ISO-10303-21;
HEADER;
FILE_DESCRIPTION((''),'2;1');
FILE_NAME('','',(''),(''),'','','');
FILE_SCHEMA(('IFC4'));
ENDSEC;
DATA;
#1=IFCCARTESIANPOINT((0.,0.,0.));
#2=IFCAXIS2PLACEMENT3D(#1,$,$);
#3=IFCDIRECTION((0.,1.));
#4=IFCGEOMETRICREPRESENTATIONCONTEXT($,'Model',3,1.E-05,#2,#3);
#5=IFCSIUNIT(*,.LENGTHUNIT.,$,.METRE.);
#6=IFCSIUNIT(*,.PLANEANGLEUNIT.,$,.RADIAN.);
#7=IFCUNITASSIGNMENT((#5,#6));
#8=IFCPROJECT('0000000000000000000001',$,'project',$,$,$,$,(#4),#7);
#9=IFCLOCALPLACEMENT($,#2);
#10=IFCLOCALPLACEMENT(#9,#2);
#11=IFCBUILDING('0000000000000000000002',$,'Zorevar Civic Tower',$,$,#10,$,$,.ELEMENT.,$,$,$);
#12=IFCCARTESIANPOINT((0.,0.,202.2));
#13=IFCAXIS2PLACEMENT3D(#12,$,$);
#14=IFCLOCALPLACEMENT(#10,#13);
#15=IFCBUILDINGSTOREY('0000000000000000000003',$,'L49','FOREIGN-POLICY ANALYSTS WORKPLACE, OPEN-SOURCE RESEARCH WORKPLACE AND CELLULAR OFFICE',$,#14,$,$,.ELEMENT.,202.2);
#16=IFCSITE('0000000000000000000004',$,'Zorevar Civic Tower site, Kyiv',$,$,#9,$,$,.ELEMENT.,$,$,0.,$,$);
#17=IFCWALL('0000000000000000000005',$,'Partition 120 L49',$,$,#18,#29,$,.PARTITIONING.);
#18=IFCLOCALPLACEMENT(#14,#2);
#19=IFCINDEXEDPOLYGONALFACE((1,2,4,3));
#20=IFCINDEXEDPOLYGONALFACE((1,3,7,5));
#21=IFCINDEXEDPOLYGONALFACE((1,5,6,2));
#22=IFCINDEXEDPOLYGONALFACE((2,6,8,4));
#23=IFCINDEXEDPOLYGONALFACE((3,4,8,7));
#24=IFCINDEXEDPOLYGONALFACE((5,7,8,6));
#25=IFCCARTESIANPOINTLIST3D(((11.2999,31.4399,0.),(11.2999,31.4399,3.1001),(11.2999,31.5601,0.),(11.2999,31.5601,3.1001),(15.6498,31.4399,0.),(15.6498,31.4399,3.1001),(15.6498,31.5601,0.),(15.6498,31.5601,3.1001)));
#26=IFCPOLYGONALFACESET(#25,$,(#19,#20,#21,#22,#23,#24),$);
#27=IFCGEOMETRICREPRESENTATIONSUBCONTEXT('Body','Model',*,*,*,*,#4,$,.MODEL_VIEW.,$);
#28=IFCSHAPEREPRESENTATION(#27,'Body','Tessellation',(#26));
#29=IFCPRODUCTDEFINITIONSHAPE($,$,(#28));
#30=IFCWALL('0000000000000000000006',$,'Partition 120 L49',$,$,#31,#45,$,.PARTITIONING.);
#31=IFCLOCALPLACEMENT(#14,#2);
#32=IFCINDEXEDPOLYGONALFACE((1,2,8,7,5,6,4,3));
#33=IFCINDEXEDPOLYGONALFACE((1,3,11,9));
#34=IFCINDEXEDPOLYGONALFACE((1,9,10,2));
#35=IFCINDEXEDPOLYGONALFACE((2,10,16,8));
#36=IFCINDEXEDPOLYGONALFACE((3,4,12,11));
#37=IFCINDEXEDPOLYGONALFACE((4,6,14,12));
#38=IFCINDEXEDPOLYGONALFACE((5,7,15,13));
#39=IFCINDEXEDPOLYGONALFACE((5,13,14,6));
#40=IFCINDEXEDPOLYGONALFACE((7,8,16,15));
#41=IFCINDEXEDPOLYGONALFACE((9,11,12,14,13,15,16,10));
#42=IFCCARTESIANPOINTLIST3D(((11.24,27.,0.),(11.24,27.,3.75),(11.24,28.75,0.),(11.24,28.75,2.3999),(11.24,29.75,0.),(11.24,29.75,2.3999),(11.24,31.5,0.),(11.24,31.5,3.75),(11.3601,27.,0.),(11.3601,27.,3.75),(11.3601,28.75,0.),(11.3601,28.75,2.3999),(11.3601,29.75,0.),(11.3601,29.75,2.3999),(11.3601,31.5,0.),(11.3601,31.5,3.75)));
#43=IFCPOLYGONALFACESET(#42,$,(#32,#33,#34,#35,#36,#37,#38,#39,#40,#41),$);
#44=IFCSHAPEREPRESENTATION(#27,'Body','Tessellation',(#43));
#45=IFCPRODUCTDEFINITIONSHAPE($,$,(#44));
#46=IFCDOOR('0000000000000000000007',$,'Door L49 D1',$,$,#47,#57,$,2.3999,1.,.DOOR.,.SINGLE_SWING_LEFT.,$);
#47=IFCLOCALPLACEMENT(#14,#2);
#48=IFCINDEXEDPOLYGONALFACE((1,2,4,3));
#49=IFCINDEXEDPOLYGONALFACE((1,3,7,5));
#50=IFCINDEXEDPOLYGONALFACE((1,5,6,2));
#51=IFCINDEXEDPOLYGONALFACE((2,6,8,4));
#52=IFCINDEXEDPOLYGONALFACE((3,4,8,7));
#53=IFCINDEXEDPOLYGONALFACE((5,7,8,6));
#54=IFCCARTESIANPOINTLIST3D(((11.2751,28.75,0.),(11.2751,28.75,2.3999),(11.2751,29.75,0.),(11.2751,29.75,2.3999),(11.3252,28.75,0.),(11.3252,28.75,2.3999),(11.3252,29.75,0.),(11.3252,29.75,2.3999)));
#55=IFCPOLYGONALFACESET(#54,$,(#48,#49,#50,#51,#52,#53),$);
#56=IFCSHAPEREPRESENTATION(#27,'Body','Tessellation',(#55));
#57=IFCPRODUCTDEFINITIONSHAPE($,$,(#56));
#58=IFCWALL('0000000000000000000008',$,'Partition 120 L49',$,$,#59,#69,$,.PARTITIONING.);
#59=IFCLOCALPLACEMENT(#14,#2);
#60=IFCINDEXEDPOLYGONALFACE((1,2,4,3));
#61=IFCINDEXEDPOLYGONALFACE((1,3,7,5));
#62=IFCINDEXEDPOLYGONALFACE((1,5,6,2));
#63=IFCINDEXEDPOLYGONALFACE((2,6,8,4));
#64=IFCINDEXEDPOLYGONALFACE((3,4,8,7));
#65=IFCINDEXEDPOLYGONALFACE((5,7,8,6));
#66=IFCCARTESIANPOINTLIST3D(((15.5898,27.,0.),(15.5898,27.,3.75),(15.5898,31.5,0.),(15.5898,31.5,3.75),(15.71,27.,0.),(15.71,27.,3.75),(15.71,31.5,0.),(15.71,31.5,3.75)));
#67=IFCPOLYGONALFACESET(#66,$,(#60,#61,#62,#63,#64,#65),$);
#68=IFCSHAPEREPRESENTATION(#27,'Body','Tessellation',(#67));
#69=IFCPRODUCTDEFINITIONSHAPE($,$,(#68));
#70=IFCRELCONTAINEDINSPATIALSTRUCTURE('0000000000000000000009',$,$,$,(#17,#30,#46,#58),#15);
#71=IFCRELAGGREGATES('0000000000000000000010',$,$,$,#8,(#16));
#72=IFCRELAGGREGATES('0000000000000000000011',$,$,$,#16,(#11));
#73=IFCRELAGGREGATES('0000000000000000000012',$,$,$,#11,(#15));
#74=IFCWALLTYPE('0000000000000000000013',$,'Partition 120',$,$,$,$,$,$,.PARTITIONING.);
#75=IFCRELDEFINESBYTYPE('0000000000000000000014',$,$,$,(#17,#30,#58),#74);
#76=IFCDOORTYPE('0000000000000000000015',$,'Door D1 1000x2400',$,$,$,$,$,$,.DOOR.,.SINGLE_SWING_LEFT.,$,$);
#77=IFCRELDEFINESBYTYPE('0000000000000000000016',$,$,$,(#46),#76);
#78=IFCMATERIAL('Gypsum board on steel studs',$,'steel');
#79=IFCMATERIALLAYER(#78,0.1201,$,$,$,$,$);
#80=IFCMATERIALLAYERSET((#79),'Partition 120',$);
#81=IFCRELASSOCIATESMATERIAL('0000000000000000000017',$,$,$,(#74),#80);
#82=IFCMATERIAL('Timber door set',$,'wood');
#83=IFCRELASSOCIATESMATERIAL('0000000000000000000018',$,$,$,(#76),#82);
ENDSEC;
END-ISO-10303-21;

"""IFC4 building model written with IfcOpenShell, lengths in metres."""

from ifc_helpers import new_model, si_unit, direction, frame, frame_2d, origin, place, context, subcontext, project, spatial, rectangle, extrude, material, layer, layer_set, type_object, element, fill, save


model = new_model("IFC4")

# Units and contexts
model_context = context("Model", 3, precision=1e-05, world=origin(), true_north=direction((0.0, 1.0)))
body_context = subcontext(model_context, "Body", "Model", "MODEL_VIEW")
ifc_project = project(units=[si_unit("LENGTHUNIT", "METRE"), si_unit("PLANEANGLEUNIT", "RADIAN")], contexts=[model_context])

# Site, building, storey
site_placement = place(None, origin())
site = spatial("IfcSite", under=ifc_project, at=site_placement, Name="Zorevar Civic Tower site, Kyiv", CompositionType="ELEMENT", RefElevation=0.0)
building_placement = place(site_placement, origin())
building = spatial("IfcBuilding", under=site, at=building_placement, Name="Zorevar Civic Tower", CompositionType="ELEMENT")
storey_placement = place(building_placement, frame((0.0, 0.0, 202.2)))
storey = spatial("IfcBuildingStorey", under=building, at=storey_placement, Name="L49", Description="FOREIGN-POLICY ANALYSTS WORKPLACE, OPEN-SOURCE RESEARCH WORKPLACE AND CELLULAR OFFICE", CompositionType="ELEMENT", Elevation=202.2)

# Wall
ifc_material_1 = material(Name="Gypsum board on steel studs", Category="steel")
ifc_layer_1 = layer(ifc_material_1, 0.1201)
ifc_layer_set_1 = layer_set([ifc_layer_1], Name="Partition 120")
wall_type_1 = type_object("IfcWallType", Name="Partition 120", PredefinedType="PARTITIONING", material=ifc_layer_set_1)
wall_1_placement = place(storey_placement, frame((11.3, 31.5, 0.0), z_axis=(0.0, 0.0, 1.0), x_axis=(1.0, 0.0, 0.0)))
element("IfcWall", 1, at=wall_1_placement, inside=storey, type_object=wall_type_1, Name="Partition 120 L49", PredefinedType="PARTITIONING", context=body_context, shape_type="SweptSolid", body=[
    extrude(rectangle(XDim=4.3499, YDim=0.1201, at=frame_2d((2.1748, 0.0))), origin(), (0.0, 0.0, 1.0), 3.1001),
])

# Wall, opening, door
wall_2_placement = place(storey_placement, frame((11.3, 27.0, 0.0), z_axis=(0.0, 0.0, 1.0), x_axis=(0.0, 1.0, 0.0)))
wall_2 = element("IfcWall", 2, at=wall_2_placement, inside=storey, type_object=wall_type_1, Name="Partition 120 L49", PredefinedType="PARTITIONING", context=body_context, shape_type="SweptSolid", body=[
    extrude(rectangle(XDim=4.5, YDim=0.1201, at=frame_2d((2.25, 0.0))), origin(), (0.0, 0.0, 1.0), 3.75),
])
opening_1_placement = place(wall_2_placement, frame((1.75, 0.0, 0.0)))
opening_1 = element("IfcOpeningElement", 3, at=opening_1_placement, cuts=wall_2, PredefinedType="OPENING", context=body_context, shape_type="SweptSolid", body=[
    extrude(rectangle(XDim=1.0, YDim=2.3999, at=frame_2d((0.5, 1.2))), frame((0.0, 0.0701, 0.0), z_axis=(0.0, -1.0, 0.0), x_axis=(1.0, 0.0, 0.0)), (0.0, 0.0, 1.0), 0.1401),
])
ifc_material_2 = material(Name="Timber door set", Category="wood")
door_type_1 = type_object("IfcDoorType", Name="Door D1 1000x2400", OperationType="SINGLE_SWING_LEFT", PredefinedType="DOOR", material=ifc_material_2)
door_1_placement = place(opening_1_placement, origin())
door_1 = element("IfcDoor", 4, at=door_1_placement, inside=storey, type_object=door_type_1, Name="Door L49 D1", OperationType="SINGLE_SWING_LEFT", OverallHeight=2.3999, OverallWidth=1.0, PredefinedType="DOOR", context=body_context, shape_type="SweptSolid", body=[
    extrude(rectangle(XDim=1.0, YDim=2.3999, at=frame_2d((0.5, 1.2))), frame((0.0, 0.0249, 0.0), z_axis=(0.0, -1.0, 0.0), x_axis=(1.0, 0.0, 0.0)), (0.0, 0.0, 1.0), 0.05),
])
fill(opening_1, door_1)

# Wall
wall_3_placement = place(storey_placement, frame((15.6499, 27.0, 0.0), z_axis=(0.0, 0.0, 1.0), x_axis=(0.0, 1.0, 0.0)))
element("IfcWall", 5, at=wall_3_placement, inside=storey, type_object=wall_type_1, Name="Partition 120 L49", PredefinedType="PARTITIONING", context=body_context, shape_type="SweptSolid", body=[
    extrude(rectangle(XDim=4.5, YDim=0.1201, at=frame_2d((2.25, 0.0))), origin(), (0.0, 0.0, 1.0), 3.75),
])

save(model, "model.ifc")
